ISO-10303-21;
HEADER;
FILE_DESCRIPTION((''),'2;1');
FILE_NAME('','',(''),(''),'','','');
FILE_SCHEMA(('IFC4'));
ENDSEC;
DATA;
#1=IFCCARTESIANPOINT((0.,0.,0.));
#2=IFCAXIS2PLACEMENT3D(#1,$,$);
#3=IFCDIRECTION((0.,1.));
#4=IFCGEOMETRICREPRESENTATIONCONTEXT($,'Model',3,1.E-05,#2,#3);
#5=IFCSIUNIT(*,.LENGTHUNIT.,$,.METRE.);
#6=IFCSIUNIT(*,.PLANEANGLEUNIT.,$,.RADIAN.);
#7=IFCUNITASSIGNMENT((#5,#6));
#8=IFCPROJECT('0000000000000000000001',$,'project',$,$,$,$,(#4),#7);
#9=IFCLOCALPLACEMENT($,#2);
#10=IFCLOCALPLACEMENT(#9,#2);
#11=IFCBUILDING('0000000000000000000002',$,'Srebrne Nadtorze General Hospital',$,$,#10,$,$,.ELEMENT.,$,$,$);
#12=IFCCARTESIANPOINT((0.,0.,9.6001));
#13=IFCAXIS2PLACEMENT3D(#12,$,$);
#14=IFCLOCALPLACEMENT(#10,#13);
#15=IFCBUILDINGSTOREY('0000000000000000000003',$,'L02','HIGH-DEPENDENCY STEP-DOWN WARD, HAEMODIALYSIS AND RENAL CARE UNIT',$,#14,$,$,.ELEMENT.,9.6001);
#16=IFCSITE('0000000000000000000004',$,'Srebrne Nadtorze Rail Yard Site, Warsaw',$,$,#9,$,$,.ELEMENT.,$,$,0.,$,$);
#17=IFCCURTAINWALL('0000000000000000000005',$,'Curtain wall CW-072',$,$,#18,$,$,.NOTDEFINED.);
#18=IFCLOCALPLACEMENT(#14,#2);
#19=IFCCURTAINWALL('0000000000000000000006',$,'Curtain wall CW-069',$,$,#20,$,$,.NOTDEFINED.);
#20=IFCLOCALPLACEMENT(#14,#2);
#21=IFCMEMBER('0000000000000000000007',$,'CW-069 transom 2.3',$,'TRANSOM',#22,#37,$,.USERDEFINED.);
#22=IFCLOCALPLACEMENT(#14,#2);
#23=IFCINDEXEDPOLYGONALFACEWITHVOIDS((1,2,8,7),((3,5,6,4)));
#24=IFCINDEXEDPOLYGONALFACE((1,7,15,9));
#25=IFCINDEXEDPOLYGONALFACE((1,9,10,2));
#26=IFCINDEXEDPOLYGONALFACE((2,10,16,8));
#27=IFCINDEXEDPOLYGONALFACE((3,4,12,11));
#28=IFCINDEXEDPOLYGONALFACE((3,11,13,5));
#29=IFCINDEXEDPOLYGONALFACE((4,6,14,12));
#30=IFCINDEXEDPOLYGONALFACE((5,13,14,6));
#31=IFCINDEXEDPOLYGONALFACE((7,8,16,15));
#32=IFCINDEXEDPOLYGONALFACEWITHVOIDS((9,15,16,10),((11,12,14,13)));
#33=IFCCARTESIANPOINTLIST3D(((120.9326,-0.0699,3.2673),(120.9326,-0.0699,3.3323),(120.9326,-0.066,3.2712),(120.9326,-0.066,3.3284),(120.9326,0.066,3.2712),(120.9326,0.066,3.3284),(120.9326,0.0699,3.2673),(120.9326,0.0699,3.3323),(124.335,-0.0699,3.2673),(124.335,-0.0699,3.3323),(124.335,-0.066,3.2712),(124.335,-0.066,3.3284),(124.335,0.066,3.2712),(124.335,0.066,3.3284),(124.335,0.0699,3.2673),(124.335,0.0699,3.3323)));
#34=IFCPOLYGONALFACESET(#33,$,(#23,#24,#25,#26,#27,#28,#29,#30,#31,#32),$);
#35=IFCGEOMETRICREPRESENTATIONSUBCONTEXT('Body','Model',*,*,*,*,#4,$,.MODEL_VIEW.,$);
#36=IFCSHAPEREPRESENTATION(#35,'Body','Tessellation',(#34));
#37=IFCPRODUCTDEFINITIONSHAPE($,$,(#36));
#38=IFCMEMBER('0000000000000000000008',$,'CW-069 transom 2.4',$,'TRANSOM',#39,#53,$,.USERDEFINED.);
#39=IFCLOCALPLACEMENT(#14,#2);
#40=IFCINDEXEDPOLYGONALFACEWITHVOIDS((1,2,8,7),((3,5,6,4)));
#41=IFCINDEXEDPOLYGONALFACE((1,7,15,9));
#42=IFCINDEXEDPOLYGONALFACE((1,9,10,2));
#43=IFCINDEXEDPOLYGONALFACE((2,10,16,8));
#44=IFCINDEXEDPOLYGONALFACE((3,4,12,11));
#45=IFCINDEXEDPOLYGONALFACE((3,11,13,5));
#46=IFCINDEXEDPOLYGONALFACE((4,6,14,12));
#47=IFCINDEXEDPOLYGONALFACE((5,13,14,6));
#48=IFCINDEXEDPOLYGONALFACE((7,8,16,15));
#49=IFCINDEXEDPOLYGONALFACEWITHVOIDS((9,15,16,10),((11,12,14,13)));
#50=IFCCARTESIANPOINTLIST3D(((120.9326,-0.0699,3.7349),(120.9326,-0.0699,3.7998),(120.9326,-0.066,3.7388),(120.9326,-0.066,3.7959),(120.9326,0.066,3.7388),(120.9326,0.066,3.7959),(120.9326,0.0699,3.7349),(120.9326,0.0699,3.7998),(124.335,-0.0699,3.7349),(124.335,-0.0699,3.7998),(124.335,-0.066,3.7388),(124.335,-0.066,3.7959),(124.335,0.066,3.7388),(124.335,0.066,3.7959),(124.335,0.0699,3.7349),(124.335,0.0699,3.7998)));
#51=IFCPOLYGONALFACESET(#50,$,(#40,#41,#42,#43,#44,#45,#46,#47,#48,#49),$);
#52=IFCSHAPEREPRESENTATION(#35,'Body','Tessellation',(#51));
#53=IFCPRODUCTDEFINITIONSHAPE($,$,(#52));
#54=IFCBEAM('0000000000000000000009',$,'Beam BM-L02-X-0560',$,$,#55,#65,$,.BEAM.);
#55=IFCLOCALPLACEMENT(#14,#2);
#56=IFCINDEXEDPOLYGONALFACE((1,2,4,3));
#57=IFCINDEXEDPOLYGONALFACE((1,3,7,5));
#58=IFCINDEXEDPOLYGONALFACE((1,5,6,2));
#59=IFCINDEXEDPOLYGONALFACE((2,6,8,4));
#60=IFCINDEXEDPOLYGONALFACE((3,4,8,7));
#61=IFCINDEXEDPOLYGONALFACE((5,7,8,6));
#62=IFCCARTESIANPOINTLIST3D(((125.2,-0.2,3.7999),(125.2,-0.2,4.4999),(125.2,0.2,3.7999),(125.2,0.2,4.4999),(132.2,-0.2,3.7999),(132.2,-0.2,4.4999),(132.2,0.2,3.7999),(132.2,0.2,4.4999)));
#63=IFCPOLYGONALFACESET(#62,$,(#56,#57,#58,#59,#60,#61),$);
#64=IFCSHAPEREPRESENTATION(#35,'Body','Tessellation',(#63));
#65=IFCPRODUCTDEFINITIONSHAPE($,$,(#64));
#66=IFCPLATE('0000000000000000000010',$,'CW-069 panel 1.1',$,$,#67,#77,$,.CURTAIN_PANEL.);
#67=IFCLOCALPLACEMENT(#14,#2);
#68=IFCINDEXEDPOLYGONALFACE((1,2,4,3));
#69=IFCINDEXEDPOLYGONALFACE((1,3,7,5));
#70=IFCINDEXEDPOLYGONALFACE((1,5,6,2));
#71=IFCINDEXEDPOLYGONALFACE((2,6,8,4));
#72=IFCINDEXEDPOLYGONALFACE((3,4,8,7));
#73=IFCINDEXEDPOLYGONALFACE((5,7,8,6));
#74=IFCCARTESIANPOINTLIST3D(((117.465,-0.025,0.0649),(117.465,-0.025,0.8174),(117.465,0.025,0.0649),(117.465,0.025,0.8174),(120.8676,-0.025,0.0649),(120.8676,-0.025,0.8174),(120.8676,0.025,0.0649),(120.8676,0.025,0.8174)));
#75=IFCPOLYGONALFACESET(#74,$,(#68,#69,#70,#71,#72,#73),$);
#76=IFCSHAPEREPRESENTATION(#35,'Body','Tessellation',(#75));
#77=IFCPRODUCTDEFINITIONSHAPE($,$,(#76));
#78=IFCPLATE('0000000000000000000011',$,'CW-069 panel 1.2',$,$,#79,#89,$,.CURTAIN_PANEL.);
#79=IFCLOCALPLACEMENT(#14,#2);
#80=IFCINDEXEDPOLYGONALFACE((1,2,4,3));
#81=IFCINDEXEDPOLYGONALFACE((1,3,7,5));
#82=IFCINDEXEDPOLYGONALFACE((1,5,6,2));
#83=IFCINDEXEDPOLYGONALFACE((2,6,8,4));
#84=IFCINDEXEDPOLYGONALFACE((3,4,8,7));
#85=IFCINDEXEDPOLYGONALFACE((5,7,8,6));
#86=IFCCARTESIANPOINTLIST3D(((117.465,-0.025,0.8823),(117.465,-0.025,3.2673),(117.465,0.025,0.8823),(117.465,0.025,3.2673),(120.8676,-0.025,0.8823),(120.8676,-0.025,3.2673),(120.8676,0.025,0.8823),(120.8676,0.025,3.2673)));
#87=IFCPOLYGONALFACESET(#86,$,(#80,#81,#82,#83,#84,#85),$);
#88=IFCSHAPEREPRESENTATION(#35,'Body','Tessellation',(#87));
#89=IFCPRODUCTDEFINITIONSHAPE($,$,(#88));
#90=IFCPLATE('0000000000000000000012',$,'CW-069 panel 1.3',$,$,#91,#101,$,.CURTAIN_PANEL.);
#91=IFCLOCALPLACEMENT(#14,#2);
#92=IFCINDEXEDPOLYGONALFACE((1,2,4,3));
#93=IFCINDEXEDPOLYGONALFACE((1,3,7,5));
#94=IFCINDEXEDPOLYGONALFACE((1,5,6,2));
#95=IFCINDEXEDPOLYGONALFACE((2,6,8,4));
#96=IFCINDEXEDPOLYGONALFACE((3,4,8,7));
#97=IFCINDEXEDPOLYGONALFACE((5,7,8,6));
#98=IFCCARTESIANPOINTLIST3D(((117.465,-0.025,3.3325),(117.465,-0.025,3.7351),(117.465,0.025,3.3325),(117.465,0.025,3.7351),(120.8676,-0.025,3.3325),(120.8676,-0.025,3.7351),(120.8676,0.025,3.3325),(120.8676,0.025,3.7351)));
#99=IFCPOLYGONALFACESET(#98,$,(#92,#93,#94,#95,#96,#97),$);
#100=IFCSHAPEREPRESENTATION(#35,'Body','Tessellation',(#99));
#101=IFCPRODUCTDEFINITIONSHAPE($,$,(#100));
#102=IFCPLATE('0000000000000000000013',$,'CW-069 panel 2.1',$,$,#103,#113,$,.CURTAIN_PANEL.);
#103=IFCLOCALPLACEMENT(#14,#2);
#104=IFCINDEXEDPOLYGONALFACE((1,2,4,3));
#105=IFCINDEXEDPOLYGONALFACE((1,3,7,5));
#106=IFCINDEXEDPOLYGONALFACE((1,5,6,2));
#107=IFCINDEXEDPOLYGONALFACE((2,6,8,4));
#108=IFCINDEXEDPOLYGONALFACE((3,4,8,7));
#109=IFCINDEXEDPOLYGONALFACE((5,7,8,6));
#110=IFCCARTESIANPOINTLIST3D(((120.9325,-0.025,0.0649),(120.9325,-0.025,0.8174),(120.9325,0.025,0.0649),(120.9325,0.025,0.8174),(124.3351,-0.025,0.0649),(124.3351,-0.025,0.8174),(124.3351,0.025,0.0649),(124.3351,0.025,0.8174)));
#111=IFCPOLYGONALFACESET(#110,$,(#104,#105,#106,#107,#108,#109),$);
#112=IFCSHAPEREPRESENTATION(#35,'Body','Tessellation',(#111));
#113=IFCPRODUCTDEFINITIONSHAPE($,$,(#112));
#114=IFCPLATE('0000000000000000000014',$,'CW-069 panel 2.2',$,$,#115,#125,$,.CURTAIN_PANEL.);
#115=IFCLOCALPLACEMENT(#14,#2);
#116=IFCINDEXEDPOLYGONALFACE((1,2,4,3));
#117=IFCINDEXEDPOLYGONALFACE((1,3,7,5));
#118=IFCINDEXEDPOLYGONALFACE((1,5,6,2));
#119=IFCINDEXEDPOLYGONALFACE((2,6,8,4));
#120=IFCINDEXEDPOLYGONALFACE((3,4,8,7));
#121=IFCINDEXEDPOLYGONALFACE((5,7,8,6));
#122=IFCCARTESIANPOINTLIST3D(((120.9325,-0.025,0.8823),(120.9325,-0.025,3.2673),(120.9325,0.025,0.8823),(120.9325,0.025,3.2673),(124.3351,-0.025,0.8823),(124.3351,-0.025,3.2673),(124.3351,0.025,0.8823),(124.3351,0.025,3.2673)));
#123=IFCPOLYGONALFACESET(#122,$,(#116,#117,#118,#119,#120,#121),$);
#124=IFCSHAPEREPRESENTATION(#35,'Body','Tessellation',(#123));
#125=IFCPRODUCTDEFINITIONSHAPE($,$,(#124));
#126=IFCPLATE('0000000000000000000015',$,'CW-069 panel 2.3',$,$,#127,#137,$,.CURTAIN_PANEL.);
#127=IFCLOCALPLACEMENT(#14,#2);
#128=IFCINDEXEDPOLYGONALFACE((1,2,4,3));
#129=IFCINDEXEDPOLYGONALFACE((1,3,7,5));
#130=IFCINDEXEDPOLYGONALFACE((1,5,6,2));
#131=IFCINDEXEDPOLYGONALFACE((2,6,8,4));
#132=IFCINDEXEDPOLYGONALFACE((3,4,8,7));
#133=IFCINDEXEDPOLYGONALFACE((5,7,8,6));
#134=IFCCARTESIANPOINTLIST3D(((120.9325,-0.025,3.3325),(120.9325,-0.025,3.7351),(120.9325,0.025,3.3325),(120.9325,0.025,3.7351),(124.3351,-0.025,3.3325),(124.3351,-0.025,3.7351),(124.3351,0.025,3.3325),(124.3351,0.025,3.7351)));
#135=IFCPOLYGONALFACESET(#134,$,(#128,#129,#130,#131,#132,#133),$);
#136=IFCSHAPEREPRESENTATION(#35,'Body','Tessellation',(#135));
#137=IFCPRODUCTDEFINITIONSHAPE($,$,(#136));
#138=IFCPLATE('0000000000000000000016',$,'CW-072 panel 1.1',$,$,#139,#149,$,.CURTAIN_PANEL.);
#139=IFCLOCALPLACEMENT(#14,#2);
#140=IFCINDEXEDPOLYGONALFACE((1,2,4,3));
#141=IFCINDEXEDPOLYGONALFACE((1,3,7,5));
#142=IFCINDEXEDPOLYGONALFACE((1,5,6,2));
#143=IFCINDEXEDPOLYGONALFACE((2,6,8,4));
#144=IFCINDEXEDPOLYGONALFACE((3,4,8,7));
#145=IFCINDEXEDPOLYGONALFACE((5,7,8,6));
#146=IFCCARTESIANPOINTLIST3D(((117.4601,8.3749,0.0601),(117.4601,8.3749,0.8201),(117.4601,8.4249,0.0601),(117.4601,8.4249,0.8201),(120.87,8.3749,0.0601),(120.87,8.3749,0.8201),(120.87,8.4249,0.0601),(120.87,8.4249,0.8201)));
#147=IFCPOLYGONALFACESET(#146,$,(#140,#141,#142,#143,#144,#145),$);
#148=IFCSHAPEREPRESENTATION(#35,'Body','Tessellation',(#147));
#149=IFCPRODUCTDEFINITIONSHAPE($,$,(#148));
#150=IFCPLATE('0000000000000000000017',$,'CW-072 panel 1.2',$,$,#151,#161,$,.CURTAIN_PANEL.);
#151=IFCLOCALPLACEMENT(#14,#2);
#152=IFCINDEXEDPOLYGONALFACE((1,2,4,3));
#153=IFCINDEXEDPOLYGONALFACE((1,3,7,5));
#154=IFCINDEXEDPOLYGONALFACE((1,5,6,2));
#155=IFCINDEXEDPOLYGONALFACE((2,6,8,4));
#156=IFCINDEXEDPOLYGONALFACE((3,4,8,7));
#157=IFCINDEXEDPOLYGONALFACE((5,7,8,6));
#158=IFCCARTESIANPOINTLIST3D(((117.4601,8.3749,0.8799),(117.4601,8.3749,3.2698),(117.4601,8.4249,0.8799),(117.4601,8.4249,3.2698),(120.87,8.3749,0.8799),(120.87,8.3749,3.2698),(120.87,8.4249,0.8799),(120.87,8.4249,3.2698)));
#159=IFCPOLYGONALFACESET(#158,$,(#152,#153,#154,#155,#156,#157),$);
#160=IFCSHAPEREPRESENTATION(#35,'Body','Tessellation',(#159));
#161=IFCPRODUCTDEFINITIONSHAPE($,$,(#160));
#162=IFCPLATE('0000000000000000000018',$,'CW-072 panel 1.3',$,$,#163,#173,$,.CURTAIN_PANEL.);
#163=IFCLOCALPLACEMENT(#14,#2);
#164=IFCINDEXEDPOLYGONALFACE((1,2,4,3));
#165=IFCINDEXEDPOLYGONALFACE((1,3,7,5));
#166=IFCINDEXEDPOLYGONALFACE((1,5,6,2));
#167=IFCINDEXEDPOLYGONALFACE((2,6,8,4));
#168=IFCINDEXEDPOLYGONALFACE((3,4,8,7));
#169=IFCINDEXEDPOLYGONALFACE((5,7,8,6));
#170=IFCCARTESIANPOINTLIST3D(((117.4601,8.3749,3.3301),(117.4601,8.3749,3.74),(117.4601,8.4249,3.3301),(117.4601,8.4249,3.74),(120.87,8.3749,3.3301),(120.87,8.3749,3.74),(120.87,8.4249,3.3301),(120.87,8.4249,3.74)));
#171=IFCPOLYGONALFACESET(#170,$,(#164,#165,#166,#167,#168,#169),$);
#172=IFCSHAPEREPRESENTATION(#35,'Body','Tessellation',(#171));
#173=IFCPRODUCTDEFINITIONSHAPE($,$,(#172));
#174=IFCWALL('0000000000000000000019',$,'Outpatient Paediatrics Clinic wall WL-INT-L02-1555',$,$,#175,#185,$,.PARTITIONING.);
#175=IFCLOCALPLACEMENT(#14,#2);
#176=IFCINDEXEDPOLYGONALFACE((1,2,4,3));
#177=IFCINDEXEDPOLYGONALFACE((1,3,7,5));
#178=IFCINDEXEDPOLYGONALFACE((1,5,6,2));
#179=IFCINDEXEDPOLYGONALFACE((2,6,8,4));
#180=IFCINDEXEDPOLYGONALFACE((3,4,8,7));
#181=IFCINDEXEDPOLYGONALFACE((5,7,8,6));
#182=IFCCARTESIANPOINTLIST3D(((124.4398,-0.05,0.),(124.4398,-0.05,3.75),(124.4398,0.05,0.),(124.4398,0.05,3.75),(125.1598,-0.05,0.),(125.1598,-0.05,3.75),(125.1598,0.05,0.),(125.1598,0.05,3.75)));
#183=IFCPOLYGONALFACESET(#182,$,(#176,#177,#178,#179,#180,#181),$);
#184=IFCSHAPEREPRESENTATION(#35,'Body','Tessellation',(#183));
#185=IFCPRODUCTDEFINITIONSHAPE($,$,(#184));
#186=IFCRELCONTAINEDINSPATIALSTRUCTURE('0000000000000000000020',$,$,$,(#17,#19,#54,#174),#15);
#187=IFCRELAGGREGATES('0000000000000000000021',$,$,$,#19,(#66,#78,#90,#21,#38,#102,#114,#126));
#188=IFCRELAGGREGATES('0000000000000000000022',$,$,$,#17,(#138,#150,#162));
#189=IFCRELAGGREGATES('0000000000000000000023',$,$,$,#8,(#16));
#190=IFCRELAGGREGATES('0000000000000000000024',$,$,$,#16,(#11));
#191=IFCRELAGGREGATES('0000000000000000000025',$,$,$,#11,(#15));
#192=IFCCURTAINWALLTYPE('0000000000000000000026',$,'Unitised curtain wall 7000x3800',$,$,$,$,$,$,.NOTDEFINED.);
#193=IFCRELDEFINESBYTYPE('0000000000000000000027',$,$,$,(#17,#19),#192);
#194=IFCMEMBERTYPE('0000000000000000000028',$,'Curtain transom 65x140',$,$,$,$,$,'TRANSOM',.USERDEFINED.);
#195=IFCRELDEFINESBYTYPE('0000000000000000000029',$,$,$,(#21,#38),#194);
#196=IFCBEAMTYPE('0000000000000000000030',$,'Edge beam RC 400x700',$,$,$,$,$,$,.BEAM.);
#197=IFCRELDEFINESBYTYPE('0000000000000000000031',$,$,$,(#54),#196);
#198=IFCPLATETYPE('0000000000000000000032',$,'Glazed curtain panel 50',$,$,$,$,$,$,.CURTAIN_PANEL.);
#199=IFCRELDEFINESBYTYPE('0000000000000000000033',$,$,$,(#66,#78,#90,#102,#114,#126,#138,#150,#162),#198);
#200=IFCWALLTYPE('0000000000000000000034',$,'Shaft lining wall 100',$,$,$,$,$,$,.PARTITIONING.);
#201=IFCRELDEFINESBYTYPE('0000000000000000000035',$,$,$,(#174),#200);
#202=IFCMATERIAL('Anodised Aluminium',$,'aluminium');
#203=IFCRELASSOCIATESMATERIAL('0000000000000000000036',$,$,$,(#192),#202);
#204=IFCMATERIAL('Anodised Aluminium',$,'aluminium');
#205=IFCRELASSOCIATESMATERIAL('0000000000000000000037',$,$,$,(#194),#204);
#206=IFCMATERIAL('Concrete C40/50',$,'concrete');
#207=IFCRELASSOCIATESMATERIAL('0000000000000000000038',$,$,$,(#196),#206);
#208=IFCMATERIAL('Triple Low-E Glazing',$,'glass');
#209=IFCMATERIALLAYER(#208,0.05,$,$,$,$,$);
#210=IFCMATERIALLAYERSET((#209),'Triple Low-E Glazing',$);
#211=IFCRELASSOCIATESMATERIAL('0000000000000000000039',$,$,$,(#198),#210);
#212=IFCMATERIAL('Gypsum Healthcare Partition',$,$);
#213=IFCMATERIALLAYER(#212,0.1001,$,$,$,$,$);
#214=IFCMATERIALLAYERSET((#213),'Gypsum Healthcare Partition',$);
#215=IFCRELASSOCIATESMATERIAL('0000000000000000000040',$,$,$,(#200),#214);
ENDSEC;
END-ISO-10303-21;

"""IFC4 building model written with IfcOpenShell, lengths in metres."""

from ifc_helpers import new_model, si_unit, direction, frame, frame_2d, origin, origin_2d, place, context, subcontext, project, spatial, rectangle, hollow_rectangle, extrude, material, layer, layer_set, material_profile, profile_set, type_object, element, aggregate, save


model = new_model("IFC4")

# Units and contexts
model_context = context("Model", 3, precision=1e-05, world=origin(), true_north=direction((0.0, 1.0)))
body_context = subcontext(model_context, "Body", "Model", "MODEL_VIEW")
ifc_project = project(units=[si_unit("LENGTHUNIT", "METRE"), si_unit("PLANEANGLEUNIT", "RADIAN")], contexts=[model_context])

# Site, building, storey
site_placement = place(None, origin())
site = spatial("IfcSite", under=ifc_project, at=site_placement, Name="Srebrne Nadtorze Rail Yard Site, Warsaw", CompositionType="ELEMENT", RefElevation=0.0)
building_placement = place(site_placement, origin())
building = spatial("IfcBuilding", under=site, at=building_placement, Name="Srebrne Nadtorze General Hospital", CompositionType="ELEMENT")
storey_placement = place(building_placement, frame((0.0, 0.0, 9.6001)))
storey = spatial("IfcBuildingStorey", under=building, at=storey_placement, Name="L02", Description="HIGH-DEPENDENCY STEP-DOWN WARD, HAEMODIALYSIS AND RENAL CARE UNIT", CompositionType="ELEMENT", Elevation=9.6001)

# Curtain wall
ifc_material_1 = material(Name="Anodised Aluminium", Category="aluminium")
curtain_wall_type = type_object("IfcCurtainWallType", Name="Unitised curtain wall 7000x3800", PredefinedType="NOTDEFINED", material=ifc_material_1)
curtain_wall_1_placement = place(storey_placement, origin())
curtain_wall_1 = element("IfcCurtainWall", 1, at=curtain_wall_1_placement, inside=storey, type_object=curtain_wall_type, Name="Curtain wall CW-072", PredefinedType="NOTDEFINED")

# Curtain wall
curtain_wall_2_placement = place(storey_placement, origin())
curtain_wall_2 = element("IfcCurtainWall", 2, at=curtain_wall_2_placement, inside=storey, type_object=curtain_wall_type, Name="Curtain wall CW-069", PredefinedType="NOTDEFINED")

# Members
ifc_material_2 = material(Name="Anodised Aluminium", Category="aluminium")
ifc_material_profile_1 = material_profile(ifc_material_2, hollow_rectangle(XDim=0.0649, YDim=0.1399, WallThickness=0.0039, at=origin_2d()), Name="AL-TRN-65x140")
ifc_profile_set_1 = profile_set([ifc_material_profile_1], Name="Anodised Aluminium")
member_type_1 = type_object("IfcMemberType", Name="Curtain transom 65x140", ElementType="TRANSOM", PredefinedType="USERDEFINED", material=ifc_profile_set_1)
member_1_placement = place(storey_placement, frame((120.9326, 0.0, 3.2998), z_axis=(1.0, 0.0, 0.0), x_axis=(0.0, 0.0, 1.0)))
member_1 = element("IfcMember", 3, at=member_1_placement, type_object=member_type_1, Name="CW-069 transom 2.3", ObjectType="TRANSOM", PredefinedType="USERDEFINED", context=body_context, shape_type="SweptSolid", body=[
    extrude(hollow_rectangle(XDim=0.0649, YDim=0.1399, WallThickness=0.0039, at=origin_2d()), origin(), (0.0, 0.0, 1.0), 3.4023),
])
member_2_placement = place(storey_placement, frame((120.9326, 0.0, 3.7673), z_axis=(1.0, 0.0, 0.0), x_axis=(0.0, 0.0, 1.0)))
member_2 = element("IfcMember", 4, at=member_2_placement, type_object=member_type_1, Name="CW-069 transom 2.4", ObjectType="TRANSOM", PredefinedType="USERDEFINED", context=body_context, shape_type="SweptSolid", body=[
    extrude(hollow_rectangle(XDim=0.0649, YDim=0.1399, WallThickness=0.0039, at=origin_2d()), origin(), (0.0, 0.0, 1.0), 3.4023),
])

# Beam
ifc_material_3 = material(Name="Concrete C40/50", Category="concrete")
ifc_material_profile_2 = material_profile(ifc_material_3, rectangle(XDim=0.3999, YDim=0.7, at=origin_2d()), Name="RC-BM-400x700")
ifc_profile_set_2 = profile_set([ifc_material_profile_2], Name="Concrete C40/50")
beam_type = type_object("IfcBeamType", Name="Edge beam RC 400x700", PredefinedType="BEAM", material=ifc_profile_set_2)
beam_placement = place(storey_placement, frame((125.2, 0.0, 4.1499), z_axis=(1.0, 0.0, 0.0), x_axis=(0.0, 1.0, 0.0)))
element("IfcBeam", 5, at=beam_placement, inside=storey, type_object=beam_type, Name="Beam BM-L02-X-0560", PredefinedType="BEAM", context=body_context, shape_type="SweptSolid", body=[
    extrude(rectangle(XDim=0.3999, YDim=0.7, at=origin_2d()), origin(), (0.0, 0.0, 1.0), 7.0),
])

# Plates
ifc_material_4 = material(Name="Triple Low-E Glazing", Category="glass")
ifc_layer_1 = layer(ifc_material_4, 0.05)
ifc_layer_set_1 = layer_set([ifc_layer_1], Name="Triple Low-E Glazing")
plate_type = type_object("IfcPlateType", Name="Glazed curtain panel 50", PredefinedType="CURTAIN_PANEL", material=ifc_layer_set_1)
plate_1_placement = place(storey_placement, frame((119.1663, 0.0, 0.0649), z_axis=(0.0, 0.0, 1.0), x_axis=(1.0, 0.0, 0.0)))
plate_1 = element("IfcPlate", 6, at=plate_1_placement, type_object=plate_type, Name="CW-069 panel 1.1", PredefinedType="CURTAIN_PANEL", context=body_context, shape_type="SweptSolid", body=[
    extrude(rectangle(XDim=3.4026, YDim=0.05, at=origin_2d()), origin(), (0.0, 0.0, 1.0), 0.7524),
])
plate_2_placement = place(storey_placement, frame((119.1663, 0.0, 0.8823), z_axis=(0.0, 0.0, 1.0), x_axis=(1.0, 0.0, 0.0)))
plate_2 = element("IfcPlate", 7, at=plate_2_placement, type_object=plate_type, Name="CW-069 panel 1.2", PredefinedType="CURTAIN_PANEL", context=body_context, shape_type="SweptSolid", body=[
    extrude(rectangle(XDim=3.4026, YDim=0.05, at=origin_2d()), origin(), (0.0, 0.0, 1.0), 2.385),
])
plate_3_placement = place(storey_placement, frame((119.1663, 0.0, 3.3325), z_axis=(0.0, 0.0, 1.0), x_axis=(1.0, 0.0, 0.0)))
plate_3 = element("IfcPlate", 8, at=plate_3_placement, type_object=plate_type, Name="CW-069 panel 1.3", PredefinedType="CURTAIN_PANEL", context=body_context, shape_type="SweptSolid", body=[
    extrude(rectangle(XDim=3.4026, YDim=0.05, at=origin_2d()), origin(), (0.0, 0.0, 1.0), 0.4026),
])
plate_4_placement = place(storey_placement, frame((122.6338, 0.0, 0.0649), z_axis=(0.0, 0.0, 1.0), x_axis=(1.0, 0.0, 0.0)))
plate_4 = element("IfcPlate", 9, at=plate_4_placement, type_object=plate_type, Name="CW-069 panel 2.1", PredefinedType="CURTAIN_PANEL", context=body_context, shape_type="SweptSolid", body=[
    extrude(rectangle(XDim=3.4026, YDim=0.05, at=origin_2d()), origin(), (0.0, 0.0, 1.0), 0.7524),
])
plate_5_placement = place(storey_placement, frame((122.6338, 0.0, 0.8823), z_axis=(0.0, 0.0, 1.0), x_axis=(1.0, 0.0, 0.0)))
plate_5 = element("IfcPlate", 10, at=plate_5_placement, type_object=plate_type, Name="CW-069 panel 2.2", PredefinedType="CURTAIN_PANEL", context=body_context, shape_type="SweptSolid", body=[
    extrude(rectangle(XDim=3.4026, YDim=0.05, at=origin_2d()), origin(), (0.0, 0.0, 1.0), 2.385),
])
plate_6_placement = place(storey_placement, frame((122.6338, 0.0, 3.3325), z_axis=(0.0, 0.0, 1.0), x_axis=(1.0, 0.0, 0.0)))
plate_6 = element("IfcPlate", 11, at=plate_6_placement, type_object=plate_type, Name="CW-069 panel 2.3", PredefinedType="CURTAIN_PANEL", context=body_context, shape_type="SweptSolid", body=[
    extrude(rectangle(XDim=3.4026, YDim=0.05, at=origin_2d()), origin(), (0.0, 0.0, 1.0), 0.4026),
])
aggregate(curtain_wall_2, [plate_1, plate_2, plate_3, member_1, member_2, plate_4, plate_5, plate_6])
plate_7_placement = place(storey_placement, frame((119.165, 8.3999, 0.0601), z_axis=(0.0, 0.0, 1.0), x_axis=(1.0, 0.0, 0.0)))
plate_7 = element("IfcPlate", 12, at=plate_7_placement, type_object=plate_type, Name="CW-072 panel 1.1", PredefinedType="CURTAIN_PANEL", context=body_context, shape_type="SweptSolid", body=[
    extrude(rectangle(XDim=3.4099, YDim=0.05, at=origin_2d()), origin(), (0.0, 0.0, 1.0), 0.76),
])
plate_8_placement = place(storey_placement, frame((119.165, 8.3999, 0.8799), z_axis=(0.0, 0.0, 1.0), x_axis=(1.0, 0.0, 0.0)))
plate_8 = element("IfcPlate", 13, at=plate_8_placement, type_object=plate_type, Name="CW-072 panel 1.2", PredefinedType="CURTAIN_PANEL", context=body_context, shape_type="SweptSolid", body=[
    extrude(rectangle(XDim=3.4099, YDim=0.05, at=origin_2d()), origin(), (0.0, 0.0, 1.0), 2.3899),
])
plate_9_placement = place(storey_placement, frame((119.165, 8.3999, 3.3301), z_axis=(0.0, 0.0, 1.0), x_axis=(1.0, 0.0, 0.0)))
plate_9 = element("IfcPlate", 14, at=plate_9_placement, type_object=plate_type, Name="CW-072 panel 1.3", PredefinedType="CURTAIN_PANEL", context=body_context, shape_type="SweptSolid", body=[
    extrude(rectangle(XDim=3.4099, YDim=0.05, at=origin_2d()), origin(), (0.0, 0.0, 1.0), 0.4099),
])
aggregate(curtain_wall_1, [plate_7, plate_8, plate_9])

# Wall
ifc_material_5 = material(Name="Gypsum Healthcare Partition")
ifc_layer_2 = layer(ifc_material_5, 0.1001)
ifc_layer_set_2 = layer_set([ifc_layer_2], Name="Gypsum Healthcare Partition")
wall_type = type_object("IfcWallType", Name="Shaft lining wall 100", PredefinedType="PARTITIONING", material=ifc_layer_set_2)
wall_placement = place(storey_placement, frame((124.4399, 0.0, 0.0), z_axis=(0.0, 0.0, 1.0), x_axis=(1.0, 0.0, 0.0)))
element("IfcWall", 15, at=wall_placement, inside=storey, type_object=wall_type, Name="Outpatient Paediatrics Clinic wall WL-INT-L02-1555", PredefinedType="PARTITIONING", context=body_context, shape_type="SweptSolid", body=[
    extrude(rectangle(XDim=0.72, YDim=0.1001, at=frame_2d((0.3599, 0.0))), origin(), (0.0, 0.0, 1.0), 3.75),
])

save(model, "model.ifc")
